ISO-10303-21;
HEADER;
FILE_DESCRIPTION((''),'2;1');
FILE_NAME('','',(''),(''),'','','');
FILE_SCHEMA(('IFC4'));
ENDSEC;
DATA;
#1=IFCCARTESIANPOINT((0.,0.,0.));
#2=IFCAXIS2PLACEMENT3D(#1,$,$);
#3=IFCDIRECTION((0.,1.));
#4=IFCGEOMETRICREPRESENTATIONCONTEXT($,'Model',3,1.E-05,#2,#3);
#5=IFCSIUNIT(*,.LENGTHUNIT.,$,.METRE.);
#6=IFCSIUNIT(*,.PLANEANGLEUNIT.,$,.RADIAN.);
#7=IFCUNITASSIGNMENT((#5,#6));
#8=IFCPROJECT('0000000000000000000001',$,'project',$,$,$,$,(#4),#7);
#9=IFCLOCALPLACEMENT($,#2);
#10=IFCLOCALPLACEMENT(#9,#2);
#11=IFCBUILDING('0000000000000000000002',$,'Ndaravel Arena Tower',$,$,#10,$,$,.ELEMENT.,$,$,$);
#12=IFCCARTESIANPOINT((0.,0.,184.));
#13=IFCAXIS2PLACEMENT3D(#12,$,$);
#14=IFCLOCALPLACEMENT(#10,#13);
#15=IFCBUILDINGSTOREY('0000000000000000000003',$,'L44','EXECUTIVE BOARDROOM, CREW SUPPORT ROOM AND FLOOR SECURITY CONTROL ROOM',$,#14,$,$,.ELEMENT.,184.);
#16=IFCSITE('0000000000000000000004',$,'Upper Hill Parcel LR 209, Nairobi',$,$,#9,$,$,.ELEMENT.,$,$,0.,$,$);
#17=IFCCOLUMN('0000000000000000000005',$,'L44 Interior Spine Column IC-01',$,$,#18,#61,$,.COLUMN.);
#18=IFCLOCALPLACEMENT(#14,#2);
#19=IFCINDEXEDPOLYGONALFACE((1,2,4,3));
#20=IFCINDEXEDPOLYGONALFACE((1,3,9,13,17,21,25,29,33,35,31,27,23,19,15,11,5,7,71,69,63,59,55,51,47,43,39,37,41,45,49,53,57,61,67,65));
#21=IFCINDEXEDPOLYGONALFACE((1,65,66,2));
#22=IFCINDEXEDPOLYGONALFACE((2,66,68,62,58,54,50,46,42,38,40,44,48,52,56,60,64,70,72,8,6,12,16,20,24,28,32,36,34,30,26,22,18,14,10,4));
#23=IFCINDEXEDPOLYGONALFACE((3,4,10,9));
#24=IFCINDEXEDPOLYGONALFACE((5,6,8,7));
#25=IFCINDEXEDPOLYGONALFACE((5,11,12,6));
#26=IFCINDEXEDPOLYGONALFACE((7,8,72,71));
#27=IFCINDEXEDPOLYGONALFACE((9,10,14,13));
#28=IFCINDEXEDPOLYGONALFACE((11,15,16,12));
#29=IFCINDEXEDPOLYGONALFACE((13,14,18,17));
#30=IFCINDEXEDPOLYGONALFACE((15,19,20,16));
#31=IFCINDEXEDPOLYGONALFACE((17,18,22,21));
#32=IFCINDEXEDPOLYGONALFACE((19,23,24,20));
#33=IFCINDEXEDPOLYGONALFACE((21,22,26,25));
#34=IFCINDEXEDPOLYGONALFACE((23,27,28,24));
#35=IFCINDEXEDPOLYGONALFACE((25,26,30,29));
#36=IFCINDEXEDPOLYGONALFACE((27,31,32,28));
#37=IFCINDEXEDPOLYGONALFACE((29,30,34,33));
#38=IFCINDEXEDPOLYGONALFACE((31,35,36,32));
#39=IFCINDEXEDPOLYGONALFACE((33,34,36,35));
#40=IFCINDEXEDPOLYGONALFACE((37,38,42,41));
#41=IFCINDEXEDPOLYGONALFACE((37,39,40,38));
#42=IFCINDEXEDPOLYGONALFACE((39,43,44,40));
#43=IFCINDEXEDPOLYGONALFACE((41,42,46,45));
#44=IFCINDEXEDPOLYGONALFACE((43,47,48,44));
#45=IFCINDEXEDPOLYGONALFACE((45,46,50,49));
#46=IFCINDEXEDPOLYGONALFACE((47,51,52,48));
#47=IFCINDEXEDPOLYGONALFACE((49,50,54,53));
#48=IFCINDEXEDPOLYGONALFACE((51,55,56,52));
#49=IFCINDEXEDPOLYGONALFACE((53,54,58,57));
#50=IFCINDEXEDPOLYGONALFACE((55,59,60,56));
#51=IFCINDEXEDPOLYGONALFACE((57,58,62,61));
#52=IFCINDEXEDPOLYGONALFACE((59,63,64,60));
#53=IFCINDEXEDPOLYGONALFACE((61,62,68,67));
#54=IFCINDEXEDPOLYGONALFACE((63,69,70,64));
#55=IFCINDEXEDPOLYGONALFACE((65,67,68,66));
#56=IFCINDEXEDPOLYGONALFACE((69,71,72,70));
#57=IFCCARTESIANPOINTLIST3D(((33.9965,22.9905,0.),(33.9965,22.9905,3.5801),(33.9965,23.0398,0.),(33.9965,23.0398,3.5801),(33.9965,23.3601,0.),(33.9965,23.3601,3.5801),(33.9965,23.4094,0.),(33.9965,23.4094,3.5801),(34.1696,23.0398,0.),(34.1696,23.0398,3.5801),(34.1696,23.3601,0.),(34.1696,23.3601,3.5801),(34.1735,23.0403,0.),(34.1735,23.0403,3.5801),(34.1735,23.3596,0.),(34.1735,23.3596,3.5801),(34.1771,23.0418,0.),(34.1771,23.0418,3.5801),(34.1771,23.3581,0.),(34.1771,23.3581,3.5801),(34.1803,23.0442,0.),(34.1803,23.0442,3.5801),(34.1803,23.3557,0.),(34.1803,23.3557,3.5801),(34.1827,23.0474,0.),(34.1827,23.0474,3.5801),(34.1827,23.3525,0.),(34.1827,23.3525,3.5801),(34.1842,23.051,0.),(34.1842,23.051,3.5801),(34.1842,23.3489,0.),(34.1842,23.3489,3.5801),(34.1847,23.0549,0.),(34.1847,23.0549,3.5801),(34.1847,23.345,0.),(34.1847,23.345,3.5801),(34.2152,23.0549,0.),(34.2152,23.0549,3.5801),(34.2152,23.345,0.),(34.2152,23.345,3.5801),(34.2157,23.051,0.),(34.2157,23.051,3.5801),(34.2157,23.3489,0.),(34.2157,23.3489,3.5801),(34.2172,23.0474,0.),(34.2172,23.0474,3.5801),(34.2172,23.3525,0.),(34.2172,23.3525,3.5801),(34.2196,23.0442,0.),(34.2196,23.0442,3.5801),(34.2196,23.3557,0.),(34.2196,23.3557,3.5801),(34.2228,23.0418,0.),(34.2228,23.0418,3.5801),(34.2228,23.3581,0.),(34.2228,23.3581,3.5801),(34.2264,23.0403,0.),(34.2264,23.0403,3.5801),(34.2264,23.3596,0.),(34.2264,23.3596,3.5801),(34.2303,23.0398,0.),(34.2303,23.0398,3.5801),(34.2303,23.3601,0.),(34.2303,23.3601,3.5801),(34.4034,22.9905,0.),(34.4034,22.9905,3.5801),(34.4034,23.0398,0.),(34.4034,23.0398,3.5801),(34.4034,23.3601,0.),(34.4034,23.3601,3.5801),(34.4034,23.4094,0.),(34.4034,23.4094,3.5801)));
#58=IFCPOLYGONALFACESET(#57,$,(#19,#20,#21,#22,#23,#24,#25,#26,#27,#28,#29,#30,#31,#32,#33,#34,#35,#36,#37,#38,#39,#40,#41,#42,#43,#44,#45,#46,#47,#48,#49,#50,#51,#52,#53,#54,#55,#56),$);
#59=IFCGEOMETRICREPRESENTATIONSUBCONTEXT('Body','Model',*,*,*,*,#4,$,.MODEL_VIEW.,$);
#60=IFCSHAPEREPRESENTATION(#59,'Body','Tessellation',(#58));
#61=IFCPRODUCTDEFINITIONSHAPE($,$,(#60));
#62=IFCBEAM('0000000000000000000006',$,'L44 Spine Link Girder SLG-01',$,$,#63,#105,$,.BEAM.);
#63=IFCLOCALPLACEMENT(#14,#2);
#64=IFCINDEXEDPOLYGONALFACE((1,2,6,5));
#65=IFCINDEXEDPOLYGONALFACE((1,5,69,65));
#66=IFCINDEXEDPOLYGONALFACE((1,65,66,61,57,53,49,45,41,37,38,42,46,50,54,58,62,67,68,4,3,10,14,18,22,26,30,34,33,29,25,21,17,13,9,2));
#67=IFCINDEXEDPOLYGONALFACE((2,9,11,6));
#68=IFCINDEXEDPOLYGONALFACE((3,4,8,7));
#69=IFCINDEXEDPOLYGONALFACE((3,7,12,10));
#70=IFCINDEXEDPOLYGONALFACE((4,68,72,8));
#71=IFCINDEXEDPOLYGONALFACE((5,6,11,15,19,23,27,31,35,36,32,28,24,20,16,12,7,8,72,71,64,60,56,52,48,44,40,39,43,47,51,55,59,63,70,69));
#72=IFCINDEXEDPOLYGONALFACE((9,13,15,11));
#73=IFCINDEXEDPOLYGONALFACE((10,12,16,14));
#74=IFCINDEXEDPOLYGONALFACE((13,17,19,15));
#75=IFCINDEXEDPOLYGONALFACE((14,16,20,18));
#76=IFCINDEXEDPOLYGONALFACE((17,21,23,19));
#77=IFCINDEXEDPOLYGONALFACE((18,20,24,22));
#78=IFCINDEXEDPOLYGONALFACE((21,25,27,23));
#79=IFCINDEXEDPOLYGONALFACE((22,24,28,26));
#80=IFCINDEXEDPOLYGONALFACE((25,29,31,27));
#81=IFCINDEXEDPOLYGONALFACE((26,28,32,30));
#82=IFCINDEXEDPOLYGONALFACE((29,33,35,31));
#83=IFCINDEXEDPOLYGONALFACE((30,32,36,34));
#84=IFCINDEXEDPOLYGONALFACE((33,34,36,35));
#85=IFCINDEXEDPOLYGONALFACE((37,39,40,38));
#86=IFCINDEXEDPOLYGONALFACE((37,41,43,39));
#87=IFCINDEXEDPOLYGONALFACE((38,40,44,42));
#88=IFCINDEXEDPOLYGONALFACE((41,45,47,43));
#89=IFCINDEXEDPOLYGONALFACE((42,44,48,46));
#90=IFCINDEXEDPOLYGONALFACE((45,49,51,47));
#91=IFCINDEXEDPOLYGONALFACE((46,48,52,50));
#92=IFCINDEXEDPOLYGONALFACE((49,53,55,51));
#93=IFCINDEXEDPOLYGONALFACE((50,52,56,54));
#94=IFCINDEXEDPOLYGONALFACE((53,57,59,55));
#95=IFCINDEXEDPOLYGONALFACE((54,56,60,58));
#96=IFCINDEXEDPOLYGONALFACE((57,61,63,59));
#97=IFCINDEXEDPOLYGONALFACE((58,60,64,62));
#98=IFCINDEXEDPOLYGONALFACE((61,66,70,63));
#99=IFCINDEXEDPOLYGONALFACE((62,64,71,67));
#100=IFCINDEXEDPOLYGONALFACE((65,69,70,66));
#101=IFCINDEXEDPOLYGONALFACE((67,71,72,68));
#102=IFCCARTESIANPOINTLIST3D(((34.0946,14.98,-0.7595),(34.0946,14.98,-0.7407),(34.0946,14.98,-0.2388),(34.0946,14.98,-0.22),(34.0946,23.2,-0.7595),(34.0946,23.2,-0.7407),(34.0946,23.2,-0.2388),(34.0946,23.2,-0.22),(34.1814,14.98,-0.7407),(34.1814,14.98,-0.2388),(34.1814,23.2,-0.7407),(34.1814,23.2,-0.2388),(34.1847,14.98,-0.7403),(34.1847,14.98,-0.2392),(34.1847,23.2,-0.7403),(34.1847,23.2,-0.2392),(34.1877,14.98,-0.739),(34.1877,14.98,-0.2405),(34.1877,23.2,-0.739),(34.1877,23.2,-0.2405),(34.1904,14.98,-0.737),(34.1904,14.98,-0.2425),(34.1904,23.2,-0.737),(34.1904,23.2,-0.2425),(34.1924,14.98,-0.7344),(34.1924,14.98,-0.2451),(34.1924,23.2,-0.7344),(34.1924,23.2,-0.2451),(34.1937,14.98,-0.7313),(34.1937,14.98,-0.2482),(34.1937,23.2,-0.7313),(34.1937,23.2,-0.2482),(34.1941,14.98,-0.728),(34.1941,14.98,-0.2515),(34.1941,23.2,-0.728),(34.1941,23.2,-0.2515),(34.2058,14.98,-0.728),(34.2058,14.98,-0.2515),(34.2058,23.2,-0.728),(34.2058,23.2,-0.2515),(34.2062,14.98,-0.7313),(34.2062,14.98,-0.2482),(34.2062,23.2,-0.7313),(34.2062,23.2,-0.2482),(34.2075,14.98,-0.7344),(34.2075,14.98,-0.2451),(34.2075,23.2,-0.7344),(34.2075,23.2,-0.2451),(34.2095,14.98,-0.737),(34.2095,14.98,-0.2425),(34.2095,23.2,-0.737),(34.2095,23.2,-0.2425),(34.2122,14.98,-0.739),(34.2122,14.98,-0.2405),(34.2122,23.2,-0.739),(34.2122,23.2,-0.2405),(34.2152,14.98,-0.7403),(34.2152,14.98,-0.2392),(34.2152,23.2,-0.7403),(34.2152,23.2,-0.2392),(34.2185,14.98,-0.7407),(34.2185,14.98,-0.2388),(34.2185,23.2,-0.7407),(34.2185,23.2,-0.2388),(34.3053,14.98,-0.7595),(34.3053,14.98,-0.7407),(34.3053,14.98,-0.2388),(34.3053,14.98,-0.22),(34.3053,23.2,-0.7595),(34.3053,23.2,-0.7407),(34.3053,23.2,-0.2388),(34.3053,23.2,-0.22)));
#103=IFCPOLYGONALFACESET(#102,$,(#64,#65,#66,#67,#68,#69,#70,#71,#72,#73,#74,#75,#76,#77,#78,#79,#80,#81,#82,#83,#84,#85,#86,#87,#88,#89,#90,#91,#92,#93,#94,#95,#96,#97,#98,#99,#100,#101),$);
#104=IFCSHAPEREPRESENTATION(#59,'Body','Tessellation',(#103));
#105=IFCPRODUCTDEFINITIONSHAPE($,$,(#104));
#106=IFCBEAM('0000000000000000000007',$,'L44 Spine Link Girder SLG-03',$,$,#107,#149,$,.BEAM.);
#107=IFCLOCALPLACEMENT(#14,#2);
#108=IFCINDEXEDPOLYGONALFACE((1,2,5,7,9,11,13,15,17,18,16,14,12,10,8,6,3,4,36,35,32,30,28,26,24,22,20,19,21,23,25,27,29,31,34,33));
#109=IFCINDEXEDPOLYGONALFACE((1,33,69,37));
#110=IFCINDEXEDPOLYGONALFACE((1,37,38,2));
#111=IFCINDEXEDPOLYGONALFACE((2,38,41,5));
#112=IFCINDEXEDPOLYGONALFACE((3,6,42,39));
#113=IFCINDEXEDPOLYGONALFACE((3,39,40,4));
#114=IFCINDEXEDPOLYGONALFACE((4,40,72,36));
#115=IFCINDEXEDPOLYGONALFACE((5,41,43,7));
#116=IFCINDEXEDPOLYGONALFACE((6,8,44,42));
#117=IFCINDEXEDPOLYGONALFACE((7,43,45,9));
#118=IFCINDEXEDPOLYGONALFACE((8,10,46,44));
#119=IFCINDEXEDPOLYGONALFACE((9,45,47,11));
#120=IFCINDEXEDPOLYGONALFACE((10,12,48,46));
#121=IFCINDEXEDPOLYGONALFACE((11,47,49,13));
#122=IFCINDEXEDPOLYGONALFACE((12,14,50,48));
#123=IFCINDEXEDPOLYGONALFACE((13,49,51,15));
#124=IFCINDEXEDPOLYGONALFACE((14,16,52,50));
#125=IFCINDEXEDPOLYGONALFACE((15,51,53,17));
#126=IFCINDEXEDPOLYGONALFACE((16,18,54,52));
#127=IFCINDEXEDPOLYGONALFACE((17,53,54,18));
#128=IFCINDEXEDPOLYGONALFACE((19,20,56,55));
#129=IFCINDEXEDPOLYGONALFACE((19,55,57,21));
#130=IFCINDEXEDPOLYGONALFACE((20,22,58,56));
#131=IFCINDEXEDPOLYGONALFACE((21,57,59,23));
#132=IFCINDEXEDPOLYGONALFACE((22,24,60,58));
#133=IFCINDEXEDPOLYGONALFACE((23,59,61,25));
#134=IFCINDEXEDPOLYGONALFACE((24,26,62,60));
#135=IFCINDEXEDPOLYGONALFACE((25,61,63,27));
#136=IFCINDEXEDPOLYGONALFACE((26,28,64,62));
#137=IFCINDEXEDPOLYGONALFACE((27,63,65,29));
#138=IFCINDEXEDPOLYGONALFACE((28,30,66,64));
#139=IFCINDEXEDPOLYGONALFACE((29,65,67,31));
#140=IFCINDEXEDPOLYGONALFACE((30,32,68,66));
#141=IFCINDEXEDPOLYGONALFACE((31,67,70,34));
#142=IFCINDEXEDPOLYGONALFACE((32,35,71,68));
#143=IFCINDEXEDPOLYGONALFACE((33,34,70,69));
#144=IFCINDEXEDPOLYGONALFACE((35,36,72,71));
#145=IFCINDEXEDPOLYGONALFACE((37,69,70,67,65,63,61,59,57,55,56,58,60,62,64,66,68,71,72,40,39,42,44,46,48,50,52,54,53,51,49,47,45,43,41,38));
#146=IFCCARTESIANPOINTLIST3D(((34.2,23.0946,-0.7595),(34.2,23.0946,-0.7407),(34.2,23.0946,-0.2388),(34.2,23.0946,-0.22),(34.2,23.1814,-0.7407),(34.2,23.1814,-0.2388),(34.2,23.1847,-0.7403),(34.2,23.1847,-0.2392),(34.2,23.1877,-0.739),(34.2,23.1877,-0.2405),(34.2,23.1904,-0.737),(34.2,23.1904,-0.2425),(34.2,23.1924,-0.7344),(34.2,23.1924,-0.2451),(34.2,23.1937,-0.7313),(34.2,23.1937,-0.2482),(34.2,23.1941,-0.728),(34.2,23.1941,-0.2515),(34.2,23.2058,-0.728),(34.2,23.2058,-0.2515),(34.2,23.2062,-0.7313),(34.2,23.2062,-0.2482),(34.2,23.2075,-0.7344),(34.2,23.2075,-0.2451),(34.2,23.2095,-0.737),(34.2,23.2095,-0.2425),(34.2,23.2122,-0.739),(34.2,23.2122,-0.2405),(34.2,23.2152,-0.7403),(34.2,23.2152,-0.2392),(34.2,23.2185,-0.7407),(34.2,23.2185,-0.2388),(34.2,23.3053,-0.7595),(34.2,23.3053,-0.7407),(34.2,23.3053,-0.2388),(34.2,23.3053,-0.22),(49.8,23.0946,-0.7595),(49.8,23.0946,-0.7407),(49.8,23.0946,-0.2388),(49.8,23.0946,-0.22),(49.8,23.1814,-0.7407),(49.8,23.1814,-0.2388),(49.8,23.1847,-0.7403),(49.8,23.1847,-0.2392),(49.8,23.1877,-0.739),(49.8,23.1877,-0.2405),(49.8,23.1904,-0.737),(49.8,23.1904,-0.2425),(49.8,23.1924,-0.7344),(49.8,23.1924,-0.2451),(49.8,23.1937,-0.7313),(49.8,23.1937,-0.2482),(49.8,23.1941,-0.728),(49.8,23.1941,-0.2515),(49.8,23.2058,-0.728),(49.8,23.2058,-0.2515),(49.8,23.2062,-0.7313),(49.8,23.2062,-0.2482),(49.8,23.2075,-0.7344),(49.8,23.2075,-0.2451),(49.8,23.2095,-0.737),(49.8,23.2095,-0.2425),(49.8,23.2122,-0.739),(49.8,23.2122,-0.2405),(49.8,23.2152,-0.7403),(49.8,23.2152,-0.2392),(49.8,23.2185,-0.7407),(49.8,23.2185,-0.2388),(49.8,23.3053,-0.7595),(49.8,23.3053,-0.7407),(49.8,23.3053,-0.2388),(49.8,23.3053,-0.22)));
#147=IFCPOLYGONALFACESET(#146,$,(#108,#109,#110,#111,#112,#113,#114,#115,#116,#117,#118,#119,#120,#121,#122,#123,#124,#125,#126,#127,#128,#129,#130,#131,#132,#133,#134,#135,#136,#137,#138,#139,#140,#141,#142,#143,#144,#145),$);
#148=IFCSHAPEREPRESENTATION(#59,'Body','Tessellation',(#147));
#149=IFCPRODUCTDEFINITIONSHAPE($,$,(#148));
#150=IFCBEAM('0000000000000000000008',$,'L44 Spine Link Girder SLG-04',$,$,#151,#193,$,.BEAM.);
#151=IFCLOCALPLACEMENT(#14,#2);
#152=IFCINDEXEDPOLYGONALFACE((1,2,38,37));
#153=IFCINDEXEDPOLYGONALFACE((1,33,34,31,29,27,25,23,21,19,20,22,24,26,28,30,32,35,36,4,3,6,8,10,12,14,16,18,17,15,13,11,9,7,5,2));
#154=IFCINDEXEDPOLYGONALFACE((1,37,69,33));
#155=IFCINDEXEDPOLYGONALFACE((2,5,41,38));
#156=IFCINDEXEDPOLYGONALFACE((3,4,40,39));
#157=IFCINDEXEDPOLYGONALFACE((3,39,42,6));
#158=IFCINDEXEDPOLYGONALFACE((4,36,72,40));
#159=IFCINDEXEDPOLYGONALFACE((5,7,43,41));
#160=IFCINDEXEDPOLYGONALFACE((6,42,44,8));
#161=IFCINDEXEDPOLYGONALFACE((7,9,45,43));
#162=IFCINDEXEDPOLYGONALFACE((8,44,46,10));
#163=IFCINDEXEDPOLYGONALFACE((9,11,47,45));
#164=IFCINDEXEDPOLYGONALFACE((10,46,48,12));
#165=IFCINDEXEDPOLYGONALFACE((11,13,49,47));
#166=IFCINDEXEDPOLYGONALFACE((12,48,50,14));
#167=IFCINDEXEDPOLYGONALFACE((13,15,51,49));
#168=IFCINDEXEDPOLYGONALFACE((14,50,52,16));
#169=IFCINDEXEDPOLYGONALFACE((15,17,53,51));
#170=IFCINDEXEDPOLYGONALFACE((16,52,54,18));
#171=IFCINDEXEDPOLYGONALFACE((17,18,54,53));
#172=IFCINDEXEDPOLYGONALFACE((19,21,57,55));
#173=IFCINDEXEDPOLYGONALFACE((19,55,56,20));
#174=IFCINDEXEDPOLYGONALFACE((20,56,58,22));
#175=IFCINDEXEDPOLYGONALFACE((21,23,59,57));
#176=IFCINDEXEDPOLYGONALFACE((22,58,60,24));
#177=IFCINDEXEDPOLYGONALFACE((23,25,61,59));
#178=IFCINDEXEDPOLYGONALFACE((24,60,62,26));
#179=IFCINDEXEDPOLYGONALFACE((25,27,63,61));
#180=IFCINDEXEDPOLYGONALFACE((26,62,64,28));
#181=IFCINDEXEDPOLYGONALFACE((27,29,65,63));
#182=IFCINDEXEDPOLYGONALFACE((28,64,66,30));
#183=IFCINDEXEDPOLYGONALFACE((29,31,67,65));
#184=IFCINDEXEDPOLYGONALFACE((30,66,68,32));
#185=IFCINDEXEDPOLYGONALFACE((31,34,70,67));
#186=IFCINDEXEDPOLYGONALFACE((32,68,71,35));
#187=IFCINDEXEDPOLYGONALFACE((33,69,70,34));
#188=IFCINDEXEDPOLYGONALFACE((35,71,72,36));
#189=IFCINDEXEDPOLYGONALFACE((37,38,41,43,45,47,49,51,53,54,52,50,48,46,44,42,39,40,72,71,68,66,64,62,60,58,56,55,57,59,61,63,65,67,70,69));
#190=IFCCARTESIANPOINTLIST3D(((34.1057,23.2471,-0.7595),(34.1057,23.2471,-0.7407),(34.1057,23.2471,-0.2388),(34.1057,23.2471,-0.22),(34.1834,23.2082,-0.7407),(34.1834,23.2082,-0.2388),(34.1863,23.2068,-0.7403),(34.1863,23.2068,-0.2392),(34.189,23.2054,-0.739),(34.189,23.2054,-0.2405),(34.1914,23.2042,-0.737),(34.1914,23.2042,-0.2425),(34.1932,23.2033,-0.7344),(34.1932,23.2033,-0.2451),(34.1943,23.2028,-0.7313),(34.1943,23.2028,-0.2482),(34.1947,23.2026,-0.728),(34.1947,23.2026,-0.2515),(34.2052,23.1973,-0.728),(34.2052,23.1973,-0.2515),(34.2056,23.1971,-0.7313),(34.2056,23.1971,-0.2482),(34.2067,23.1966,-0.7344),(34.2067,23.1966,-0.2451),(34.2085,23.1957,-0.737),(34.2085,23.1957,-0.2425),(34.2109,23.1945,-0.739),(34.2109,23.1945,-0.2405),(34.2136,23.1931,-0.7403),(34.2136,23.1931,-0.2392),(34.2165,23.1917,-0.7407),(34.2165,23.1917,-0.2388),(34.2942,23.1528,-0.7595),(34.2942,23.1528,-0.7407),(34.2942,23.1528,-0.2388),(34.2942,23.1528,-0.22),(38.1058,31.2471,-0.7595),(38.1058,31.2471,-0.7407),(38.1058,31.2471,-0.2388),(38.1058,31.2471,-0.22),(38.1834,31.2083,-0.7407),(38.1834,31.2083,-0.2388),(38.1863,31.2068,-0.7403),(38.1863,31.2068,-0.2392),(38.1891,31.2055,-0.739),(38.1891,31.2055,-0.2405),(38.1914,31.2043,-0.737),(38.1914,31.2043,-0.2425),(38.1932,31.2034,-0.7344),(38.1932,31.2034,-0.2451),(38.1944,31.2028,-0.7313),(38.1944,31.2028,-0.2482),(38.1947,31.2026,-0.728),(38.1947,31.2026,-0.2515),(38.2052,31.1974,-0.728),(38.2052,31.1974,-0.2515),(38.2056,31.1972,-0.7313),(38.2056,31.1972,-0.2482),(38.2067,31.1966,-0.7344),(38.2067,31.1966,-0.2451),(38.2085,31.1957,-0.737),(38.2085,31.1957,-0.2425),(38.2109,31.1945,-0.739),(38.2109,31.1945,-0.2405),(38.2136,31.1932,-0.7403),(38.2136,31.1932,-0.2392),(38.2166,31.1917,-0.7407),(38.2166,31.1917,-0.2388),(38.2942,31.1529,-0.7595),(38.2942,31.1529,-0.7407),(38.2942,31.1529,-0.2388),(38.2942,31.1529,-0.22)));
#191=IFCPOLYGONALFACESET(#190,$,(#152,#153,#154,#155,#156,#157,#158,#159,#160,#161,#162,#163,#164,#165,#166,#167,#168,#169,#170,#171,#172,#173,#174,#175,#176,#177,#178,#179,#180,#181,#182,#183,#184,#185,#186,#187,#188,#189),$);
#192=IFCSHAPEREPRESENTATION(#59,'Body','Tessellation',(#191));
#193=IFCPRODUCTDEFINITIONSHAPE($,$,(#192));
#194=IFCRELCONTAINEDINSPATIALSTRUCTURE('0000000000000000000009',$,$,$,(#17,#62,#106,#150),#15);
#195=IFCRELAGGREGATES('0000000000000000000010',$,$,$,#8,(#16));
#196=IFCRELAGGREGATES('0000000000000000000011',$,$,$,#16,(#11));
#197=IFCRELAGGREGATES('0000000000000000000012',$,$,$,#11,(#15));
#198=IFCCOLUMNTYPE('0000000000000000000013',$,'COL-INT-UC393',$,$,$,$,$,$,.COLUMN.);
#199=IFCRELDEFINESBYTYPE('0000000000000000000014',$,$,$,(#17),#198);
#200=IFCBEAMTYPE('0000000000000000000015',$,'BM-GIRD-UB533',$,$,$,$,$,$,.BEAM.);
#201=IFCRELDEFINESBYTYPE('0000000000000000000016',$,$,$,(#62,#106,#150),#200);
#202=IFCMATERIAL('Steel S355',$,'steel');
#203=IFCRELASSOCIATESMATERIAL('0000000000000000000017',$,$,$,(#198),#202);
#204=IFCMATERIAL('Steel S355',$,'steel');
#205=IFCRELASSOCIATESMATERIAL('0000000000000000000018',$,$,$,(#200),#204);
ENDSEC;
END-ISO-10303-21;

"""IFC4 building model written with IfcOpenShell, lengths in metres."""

from ifc_helpers import new_model, si_unit, direction, frame, origin, origin_2d, place, context, subcontext, project, spatial, i_section, extrude, material, material_profile, profile_set, type_object, element, save


model = new_model("IFC4")

# Units and contexts
model_context = context("Model", 3, precision=1e-05, world=origin(), true_north=direction((0.0, 1.0)))
body_context = subcontext(model_context, "Body", "Model", "MODEL_VIEW")
ifc_project = project(units=[si_unit("LENGTHUNIT", "METRE"), si_unit("PLANEANGLEUNIT", "RADIAN")], contexts=[model_context])

# Site, building, storey
site_placement = place(None, origin())
site = spatial("IfcSite", under=ifc_project, at=site_placement, Name="Upper Hill Parcel LR 209, Nairobi", CompositionType="ELEMENT", RefElevation=0.0)
building_placement = place(site_placement, origin())
building = spatial("IfcBuilding", under=site, at=building_placement, Name="Ndaravel Arena Tower", CompositionType="ELEMENT")
storey_placement = place(building_placement, frame((0.0, 0.0, 184.0)))
storey = spatial("IfcBuildingStorey", under=building, at=storey_placement, Name="L44", Description="EXECUTIVE BOARDROOM, CREW SUPPORT ROOM AND FLOOR SECURITY CONTROL ROOM", CompositionType="ELEMENT", Elevation=184.0)

# Column
ifc_material_1 = material(Name="Steel S355", Category="steel")
ifc_material_profile_1 = material_profile(ifc_material_1, i_section(OverallWidth=0.407, OverallDepth=0.4189, WebThickness=0.0305, FlangeThickness=0.0493, FilletRadius=0.0151, at=origin_2d()), Name="UC 356x406x393")
ifc_profile_set_1 = profile_set([ifc_material_profile_1], Name="Steel S355")
column_type = type_object("IfcColumnType", Name="COL-INT-UC393", PredefinedType="COLUMN", material=ifc_profile_set_1)
column_placement = place(storey_placement, frame((34.2, 23.2, 0.0), z_axis=(0.0, 0.0, 1.0), x_axis=(1.0, 0.0, 0.0)))
element("IfcColumn", 1, at=column_placement, inside=storey, type_object=column_type, Name="L44 Interior Spine Column IC-01", PredefinedType="COLUMN", context=body_context, shape_type="SweptSolid", body=[
    extrude(i_section(OverallWidth=0.407, OverallDepth=0.4189, WebThickness=0.0305, FlangeThickness=0.0493, FilletRadius=0.0151, at=origin_2d()), origin(), (0.0, 0.0, 1.0), 3.5801),
])

# Beams
ifc_material_2 = material(Name="Steel S355", Category="steel")
ifc_material_profile_2 = material_profile(ifc_material_2, i_section(OverallWidth=0.2107, OverallDepth=0.5396, WebThickness=0.0117, FlangeThickness=0.0188, FilletRadius=0.0127, at=origin_2d()), Name="UB 533x210x109")
ifc_profile_set_2 = profile_set([ifc_material_profile_2], Name="Steel S355")
beam_type = type_object("IfcBeamType", Name="BM-GIRD-UB533", PredefinedType="BEAM", material=ifc_profile_set_2)
beam_1_placement = place(storey_placement, frame((34.2, 14.98, -0.4897), z_axis=(0.0, 1.0, 0.0), x_axis=(-1.0, 0.0, 0.0)))
element("IfcBeam", 2, at=beam_1_placement, inside=storey, type_object=beam_type, Name="L44 Spine Link Girder SLG-01", PredefinedType="BEAM", context=body_context, shape_type="SweptSolid", body=[
    extrude(i_section(OverallWidth=0.2107, OverallDepth=0.5396, WebThickness=0.0117, FlangeThickness=0.0188, FilletRadius=0.0127, at=origin_2d()), origin(), (0.0, 0.0, 1.0), 8.22),
])
beam_2_placement = place(storey_placement, frame((34.2, 23.2, -0.4897), z_axis=(1.0, 0.0, 0.0), x_axis=(0.0, 1.0, 0.0)))
element("IfcBeam", 3, at=beam_2_placement, inside=storey, type_object=beam_type, Name="L44 Spine Link Girder SLG-03", PredefinedType="BEAM", context=body_context, shape_type="SweptSolid", body=[
    extrude(i_section(OverallWidth=0.2107, OverallDepth=0.5396, WebThickness=0.0117, FlangeThickness=0.0188, FilletRadius=0.0127, at=origin_2d()), origin(), (0.0, 0.0, 1.0), 15.6001),
])
beam_3_placement = place(storey_placement, frame((34.2, 23.2, -0.4897), z_axis=(0.447214, 0.894427, 0.0), x_axis=(-0.894427, 0.447214, 0.0)))
element("IfcBeam", 4, at=beam_3_placement, inside=storey, type_object=beam_type, Name="L44 Spine Link Girder SLG-04", PredefinedType="BEAM", context=body_context, shape_type="SweptSolid", body=[
    extrude(i_section(OverallWidth=0.2107, OverallDepth=0.5396, WebThickness=0.0117, FlangeThickness=0.0188, FilletRadius=0.0127, at=origin_2d()), origin(), (0.0, 0.0, 1.0), 8.9443),
])

save(model, "model.ifc")
